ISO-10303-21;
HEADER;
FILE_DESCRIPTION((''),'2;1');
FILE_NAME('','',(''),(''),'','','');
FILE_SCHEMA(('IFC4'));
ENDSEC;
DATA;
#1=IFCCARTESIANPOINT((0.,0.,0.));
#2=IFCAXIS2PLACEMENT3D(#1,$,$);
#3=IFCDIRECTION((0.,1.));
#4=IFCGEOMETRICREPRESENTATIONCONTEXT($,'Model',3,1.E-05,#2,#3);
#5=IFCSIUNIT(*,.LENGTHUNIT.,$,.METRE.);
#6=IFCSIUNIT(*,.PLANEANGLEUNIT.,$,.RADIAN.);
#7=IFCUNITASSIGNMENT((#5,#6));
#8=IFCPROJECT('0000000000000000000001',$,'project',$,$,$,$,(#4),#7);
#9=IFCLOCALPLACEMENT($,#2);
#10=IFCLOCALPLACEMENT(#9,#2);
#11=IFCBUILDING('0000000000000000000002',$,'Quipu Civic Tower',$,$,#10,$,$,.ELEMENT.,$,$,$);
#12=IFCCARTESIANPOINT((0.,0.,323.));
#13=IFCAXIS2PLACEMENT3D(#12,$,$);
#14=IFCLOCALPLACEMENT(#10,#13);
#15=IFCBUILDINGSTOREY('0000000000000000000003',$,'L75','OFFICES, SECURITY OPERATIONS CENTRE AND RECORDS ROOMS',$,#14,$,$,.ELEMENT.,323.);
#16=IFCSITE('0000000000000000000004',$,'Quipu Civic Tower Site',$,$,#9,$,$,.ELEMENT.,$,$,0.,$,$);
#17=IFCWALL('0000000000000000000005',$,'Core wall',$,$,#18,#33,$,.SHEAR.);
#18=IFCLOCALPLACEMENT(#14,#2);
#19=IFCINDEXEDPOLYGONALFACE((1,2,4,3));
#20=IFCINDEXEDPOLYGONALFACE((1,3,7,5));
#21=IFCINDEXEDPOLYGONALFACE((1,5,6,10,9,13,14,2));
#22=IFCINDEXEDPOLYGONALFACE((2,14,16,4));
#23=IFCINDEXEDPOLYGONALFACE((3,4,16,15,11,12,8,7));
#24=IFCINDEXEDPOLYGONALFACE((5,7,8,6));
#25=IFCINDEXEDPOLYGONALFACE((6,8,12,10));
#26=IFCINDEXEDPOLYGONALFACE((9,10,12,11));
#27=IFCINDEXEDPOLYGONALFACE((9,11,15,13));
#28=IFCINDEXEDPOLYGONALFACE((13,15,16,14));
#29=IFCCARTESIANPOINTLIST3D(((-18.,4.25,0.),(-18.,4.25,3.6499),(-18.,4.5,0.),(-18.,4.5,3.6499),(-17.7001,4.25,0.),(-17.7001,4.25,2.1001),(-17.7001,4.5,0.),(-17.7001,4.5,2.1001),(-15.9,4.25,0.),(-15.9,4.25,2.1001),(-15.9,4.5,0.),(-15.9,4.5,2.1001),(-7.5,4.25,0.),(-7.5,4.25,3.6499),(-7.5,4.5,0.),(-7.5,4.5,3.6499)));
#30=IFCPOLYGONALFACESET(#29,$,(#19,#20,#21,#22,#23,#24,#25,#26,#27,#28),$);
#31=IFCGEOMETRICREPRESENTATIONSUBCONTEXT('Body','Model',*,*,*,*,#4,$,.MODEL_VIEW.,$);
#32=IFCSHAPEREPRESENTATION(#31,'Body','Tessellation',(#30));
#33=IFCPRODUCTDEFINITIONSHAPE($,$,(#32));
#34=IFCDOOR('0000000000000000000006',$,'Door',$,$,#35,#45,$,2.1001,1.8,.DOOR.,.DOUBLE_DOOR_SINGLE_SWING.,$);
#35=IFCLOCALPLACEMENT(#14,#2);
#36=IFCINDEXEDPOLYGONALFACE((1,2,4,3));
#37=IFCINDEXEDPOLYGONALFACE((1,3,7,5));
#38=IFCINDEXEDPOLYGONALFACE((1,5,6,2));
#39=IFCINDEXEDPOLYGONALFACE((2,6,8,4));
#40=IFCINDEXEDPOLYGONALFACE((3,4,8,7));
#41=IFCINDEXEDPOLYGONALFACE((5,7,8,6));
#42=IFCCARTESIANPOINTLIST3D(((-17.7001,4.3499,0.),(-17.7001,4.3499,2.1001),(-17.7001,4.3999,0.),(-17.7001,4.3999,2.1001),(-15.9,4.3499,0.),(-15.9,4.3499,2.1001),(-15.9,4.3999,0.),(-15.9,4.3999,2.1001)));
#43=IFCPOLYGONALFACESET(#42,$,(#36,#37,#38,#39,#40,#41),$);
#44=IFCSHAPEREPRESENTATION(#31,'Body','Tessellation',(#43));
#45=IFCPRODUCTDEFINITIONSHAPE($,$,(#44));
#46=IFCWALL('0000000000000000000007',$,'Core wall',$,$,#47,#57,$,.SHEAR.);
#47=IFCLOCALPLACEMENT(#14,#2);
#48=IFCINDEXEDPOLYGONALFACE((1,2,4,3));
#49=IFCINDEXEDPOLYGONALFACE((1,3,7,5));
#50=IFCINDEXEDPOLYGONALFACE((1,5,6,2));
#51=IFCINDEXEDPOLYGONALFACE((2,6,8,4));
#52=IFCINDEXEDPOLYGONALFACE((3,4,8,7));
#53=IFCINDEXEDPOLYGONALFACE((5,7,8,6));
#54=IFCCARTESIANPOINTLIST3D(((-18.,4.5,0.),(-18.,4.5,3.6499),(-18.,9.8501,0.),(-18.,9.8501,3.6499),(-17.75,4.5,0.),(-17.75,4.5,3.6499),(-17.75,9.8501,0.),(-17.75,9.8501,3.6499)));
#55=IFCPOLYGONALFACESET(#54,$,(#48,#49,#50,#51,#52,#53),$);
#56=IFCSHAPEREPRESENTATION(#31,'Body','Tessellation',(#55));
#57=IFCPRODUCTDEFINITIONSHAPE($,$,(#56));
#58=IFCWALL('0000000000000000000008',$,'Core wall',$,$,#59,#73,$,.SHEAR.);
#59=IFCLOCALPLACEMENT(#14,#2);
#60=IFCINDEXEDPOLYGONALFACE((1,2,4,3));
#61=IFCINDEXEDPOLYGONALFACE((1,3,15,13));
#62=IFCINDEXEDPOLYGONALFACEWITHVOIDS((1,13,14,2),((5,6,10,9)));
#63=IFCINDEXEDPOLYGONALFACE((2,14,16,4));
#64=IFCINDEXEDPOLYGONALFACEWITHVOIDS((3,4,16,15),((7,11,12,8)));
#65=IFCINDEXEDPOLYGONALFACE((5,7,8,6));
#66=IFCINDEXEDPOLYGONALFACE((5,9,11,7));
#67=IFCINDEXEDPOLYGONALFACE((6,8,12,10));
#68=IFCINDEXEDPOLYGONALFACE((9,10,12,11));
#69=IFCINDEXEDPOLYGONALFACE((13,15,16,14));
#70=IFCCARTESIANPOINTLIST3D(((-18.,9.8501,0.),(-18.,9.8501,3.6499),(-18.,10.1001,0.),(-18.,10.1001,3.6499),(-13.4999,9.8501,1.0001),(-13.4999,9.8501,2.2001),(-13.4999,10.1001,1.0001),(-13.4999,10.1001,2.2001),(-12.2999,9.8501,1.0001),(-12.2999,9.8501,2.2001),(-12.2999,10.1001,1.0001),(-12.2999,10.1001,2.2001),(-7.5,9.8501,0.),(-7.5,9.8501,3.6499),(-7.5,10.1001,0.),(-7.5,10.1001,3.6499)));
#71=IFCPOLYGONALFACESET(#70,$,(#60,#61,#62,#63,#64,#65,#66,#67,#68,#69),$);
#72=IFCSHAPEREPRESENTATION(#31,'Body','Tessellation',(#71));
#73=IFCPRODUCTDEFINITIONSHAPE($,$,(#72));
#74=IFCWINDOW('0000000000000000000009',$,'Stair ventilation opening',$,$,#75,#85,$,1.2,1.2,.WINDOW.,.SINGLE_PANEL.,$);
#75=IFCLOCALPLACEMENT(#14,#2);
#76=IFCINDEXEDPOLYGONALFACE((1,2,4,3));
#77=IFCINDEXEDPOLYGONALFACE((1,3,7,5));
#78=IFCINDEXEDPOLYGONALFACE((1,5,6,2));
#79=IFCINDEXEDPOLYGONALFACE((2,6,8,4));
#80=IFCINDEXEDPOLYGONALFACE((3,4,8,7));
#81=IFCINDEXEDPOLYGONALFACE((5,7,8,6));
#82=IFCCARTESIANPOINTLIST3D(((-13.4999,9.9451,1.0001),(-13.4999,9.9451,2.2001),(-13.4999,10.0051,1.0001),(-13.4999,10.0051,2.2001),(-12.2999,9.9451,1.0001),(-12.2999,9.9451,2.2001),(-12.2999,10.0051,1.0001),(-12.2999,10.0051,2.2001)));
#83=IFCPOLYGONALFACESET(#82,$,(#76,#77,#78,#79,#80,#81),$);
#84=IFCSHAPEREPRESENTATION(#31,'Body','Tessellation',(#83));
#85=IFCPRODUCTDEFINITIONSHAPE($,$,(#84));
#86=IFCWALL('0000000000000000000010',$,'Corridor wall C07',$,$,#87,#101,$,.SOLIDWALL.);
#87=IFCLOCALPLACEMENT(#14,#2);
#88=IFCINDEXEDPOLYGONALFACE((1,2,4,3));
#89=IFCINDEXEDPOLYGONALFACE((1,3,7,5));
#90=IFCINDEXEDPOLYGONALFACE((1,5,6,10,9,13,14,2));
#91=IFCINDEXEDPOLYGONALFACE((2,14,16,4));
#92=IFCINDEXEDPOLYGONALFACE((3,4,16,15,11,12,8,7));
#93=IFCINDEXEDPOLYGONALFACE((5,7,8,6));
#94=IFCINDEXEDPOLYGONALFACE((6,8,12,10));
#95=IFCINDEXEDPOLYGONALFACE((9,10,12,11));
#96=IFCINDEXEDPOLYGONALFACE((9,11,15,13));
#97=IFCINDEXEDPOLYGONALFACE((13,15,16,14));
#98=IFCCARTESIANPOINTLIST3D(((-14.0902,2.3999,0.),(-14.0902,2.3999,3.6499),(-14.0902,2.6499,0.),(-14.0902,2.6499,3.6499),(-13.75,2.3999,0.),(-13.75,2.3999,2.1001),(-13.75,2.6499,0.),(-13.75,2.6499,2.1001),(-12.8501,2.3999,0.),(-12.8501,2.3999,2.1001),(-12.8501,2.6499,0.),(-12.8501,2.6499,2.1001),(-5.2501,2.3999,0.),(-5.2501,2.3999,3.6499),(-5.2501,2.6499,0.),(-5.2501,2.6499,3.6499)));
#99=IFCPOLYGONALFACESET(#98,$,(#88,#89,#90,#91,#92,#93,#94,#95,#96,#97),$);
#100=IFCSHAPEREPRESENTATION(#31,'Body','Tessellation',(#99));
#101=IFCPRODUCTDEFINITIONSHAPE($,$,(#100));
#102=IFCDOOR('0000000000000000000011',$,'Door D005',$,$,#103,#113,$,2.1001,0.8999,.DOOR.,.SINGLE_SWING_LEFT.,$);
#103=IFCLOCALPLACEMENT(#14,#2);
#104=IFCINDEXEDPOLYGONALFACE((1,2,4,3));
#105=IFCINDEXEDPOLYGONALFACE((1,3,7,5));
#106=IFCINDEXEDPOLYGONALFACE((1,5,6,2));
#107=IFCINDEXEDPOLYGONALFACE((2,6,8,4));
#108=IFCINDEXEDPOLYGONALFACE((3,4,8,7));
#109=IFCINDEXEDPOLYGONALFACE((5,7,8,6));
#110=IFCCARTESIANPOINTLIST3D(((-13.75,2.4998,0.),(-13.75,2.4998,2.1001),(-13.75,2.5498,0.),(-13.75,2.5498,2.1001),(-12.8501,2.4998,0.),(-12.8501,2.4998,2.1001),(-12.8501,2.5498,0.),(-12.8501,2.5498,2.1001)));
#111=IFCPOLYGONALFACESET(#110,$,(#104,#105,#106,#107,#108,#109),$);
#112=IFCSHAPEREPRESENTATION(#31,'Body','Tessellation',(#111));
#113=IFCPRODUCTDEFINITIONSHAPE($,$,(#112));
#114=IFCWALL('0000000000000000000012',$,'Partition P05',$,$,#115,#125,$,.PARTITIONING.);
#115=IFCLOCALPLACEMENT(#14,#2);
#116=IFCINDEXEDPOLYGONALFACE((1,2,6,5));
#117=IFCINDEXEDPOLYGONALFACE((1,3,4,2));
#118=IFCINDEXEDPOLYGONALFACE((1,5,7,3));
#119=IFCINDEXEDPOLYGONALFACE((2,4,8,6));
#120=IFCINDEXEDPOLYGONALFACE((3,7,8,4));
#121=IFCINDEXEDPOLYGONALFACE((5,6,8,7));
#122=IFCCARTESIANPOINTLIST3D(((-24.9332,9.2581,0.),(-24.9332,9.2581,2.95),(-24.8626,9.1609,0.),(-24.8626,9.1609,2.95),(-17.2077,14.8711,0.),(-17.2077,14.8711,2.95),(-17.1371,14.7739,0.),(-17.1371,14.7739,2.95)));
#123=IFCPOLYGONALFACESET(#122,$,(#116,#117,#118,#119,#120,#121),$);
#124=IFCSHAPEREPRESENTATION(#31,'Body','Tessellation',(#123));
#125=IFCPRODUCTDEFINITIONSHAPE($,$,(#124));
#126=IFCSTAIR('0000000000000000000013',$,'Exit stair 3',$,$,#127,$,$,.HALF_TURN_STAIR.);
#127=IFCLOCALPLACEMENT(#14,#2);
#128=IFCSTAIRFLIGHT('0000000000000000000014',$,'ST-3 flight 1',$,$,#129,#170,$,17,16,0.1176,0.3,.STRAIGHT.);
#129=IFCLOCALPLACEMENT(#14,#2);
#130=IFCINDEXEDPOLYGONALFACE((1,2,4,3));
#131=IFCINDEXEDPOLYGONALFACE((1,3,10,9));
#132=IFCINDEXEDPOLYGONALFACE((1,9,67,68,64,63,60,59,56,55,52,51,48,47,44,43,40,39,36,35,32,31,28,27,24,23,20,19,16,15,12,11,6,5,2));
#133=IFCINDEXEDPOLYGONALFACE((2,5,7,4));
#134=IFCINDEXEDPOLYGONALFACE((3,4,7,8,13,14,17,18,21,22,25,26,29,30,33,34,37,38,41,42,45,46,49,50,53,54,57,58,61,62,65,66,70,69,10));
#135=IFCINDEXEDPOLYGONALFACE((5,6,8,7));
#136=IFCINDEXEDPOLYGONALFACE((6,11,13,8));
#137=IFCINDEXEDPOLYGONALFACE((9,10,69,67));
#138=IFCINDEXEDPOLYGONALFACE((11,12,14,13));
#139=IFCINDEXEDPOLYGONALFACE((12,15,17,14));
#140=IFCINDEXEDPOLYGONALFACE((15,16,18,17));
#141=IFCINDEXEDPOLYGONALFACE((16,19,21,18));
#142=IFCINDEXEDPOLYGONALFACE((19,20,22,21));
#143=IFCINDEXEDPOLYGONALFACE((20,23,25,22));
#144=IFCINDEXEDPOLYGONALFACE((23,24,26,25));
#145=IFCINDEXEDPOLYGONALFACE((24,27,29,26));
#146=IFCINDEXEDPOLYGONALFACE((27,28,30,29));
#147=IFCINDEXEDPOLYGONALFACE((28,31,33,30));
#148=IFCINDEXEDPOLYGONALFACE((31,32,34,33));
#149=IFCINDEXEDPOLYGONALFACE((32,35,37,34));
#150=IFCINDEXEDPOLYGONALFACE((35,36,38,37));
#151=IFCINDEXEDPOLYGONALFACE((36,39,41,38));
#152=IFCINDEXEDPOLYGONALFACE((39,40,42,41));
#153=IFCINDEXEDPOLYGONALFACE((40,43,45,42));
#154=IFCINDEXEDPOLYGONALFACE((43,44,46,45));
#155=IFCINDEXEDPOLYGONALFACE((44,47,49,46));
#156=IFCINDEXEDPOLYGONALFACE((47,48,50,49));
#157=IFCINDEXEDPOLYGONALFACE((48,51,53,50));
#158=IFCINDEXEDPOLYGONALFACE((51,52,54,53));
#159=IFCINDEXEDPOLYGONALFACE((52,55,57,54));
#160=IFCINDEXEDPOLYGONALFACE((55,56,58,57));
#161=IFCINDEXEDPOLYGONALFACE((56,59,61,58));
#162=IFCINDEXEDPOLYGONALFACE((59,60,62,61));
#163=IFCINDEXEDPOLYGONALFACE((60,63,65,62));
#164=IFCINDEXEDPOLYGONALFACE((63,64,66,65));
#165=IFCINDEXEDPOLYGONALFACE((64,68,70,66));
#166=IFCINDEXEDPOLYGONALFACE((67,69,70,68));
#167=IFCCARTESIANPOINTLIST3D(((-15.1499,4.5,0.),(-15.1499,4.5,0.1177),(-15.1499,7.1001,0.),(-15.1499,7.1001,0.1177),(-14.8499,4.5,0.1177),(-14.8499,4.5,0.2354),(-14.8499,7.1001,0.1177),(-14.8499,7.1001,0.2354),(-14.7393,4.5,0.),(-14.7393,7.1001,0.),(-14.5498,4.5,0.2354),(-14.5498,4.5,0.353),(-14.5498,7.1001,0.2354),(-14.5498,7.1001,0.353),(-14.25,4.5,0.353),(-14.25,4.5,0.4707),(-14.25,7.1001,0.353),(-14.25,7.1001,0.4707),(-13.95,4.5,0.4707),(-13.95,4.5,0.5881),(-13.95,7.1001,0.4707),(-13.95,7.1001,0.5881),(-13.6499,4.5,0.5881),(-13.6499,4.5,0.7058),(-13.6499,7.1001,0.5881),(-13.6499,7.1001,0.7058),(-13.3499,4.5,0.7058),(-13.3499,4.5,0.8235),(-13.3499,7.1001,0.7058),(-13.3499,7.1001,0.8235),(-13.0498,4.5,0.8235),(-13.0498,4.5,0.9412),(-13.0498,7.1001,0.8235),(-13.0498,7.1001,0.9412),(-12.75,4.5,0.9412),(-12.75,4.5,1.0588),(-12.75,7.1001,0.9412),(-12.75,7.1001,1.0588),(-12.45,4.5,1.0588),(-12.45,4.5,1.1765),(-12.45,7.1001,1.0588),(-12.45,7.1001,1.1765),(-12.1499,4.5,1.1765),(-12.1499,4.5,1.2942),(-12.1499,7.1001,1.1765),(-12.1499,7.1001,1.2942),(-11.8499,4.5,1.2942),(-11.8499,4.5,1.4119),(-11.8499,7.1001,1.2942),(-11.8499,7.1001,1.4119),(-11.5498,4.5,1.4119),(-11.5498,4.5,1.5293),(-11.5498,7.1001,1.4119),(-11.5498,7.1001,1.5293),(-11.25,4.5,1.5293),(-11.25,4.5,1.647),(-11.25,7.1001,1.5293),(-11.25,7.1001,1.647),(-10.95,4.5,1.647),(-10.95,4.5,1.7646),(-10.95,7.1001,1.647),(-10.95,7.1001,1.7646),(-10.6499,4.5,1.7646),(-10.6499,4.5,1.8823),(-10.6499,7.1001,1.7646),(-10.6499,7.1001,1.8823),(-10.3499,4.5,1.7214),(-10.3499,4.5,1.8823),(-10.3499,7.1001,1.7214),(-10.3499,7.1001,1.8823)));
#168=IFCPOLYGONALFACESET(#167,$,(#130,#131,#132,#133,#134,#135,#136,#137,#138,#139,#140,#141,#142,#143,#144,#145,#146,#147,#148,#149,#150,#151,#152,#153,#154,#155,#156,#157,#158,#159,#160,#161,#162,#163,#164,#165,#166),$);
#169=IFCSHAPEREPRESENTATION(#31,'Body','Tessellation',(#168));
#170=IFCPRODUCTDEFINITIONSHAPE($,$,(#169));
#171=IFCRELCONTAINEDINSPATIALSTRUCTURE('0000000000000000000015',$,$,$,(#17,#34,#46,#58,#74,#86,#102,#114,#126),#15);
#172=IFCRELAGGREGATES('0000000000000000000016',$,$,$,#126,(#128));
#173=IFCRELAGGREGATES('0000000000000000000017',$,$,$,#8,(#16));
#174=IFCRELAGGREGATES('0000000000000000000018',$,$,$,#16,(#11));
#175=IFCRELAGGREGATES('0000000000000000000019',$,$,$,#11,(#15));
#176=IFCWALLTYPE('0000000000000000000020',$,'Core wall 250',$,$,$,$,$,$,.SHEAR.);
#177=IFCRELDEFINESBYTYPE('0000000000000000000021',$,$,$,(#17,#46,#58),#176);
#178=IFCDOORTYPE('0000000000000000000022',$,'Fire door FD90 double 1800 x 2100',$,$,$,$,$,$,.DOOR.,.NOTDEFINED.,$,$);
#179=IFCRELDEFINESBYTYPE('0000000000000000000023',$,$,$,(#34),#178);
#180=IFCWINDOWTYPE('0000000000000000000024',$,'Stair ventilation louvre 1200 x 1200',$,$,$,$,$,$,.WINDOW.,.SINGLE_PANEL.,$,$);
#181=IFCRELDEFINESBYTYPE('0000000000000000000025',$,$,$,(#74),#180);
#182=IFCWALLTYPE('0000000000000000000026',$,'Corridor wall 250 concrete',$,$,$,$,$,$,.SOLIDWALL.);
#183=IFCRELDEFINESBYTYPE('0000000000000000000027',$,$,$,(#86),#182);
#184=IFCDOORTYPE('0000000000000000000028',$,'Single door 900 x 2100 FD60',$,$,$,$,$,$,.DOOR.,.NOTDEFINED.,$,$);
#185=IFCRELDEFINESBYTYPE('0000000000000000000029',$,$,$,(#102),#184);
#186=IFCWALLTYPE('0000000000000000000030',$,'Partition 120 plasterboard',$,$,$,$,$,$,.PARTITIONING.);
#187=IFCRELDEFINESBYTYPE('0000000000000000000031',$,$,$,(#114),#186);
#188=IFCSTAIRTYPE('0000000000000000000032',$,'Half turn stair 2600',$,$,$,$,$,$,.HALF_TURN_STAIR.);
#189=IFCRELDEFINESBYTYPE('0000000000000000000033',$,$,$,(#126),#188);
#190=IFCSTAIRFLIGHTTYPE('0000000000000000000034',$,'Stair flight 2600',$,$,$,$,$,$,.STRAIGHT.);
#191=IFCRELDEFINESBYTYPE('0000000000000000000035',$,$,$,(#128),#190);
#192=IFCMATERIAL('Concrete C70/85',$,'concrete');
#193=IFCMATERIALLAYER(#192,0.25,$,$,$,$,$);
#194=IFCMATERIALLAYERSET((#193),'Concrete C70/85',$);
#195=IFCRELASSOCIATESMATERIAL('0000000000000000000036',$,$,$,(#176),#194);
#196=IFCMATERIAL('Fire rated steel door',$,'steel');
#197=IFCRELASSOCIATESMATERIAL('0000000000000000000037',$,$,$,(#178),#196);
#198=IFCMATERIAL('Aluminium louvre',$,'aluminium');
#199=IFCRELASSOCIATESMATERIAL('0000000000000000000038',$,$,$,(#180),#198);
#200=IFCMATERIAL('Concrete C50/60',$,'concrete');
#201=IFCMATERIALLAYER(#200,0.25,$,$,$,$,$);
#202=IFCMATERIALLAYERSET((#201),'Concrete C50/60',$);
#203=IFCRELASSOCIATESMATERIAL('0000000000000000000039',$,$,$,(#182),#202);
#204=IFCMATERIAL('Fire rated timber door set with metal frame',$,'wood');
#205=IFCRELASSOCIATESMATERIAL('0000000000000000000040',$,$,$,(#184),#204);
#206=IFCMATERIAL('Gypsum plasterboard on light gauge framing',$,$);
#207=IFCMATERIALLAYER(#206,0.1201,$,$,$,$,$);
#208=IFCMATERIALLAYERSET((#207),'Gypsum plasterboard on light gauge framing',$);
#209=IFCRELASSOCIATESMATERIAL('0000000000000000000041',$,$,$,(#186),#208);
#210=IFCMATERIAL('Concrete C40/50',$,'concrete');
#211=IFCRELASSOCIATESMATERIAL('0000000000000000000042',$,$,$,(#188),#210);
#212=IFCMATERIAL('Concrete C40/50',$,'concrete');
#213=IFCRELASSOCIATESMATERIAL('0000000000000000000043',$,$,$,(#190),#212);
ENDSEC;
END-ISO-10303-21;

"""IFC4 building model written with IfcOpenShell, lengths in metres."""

from ifc_helpers import new_model, si_unit, direction, frame, frame_2d, origin, place, context, subcontext, project, spatial, polyline, rectangle, outline, extrude, material, layer, layer_set, type_object, element, fill, aggregate, save


model = new_model("IFC4")

# Units and contexts
model_context = context("Model", 3, precision=1e-05, world=origin(), true_north=direction((0.0, 1.0)))
body_context = subcontext(model_context, "Body", "Model", "MODEL_VIEW")
ifc_project = project(units=[si_unit("LENGTHUNIT", "METRE"), si_unit("PLANEANGLEUNIT", "RADIAN")], contexts=[model_context])

# Site, building, storey
site_placement = place(None, origin())
site = spatial("IfcSite", under=ifc_project, at=site_placement, Name="Quipu Civic Tower Site", CompositionType="ELEMENT", RefElevation=0.0)
building_placement = place(site_placement, origin())
building = spatial("IfcBuilding", under=site, at=building_placement, Name="Quipu Civic Tower", CompositionType="ELEMENT")
storey_placement = place(building_placement, frame((0.0, 0.0, 323.0)))
storey = spatial("IfcBuildingStorey", under=building, at=storey_placement, Name="L75", Description="OFFICES, SECURITY OPERATIONS CENTRE AND RECORDS ROOMS", CompositionType="ELEMENT", Elevation=323.0)

# Shared definitions
ifc_material_1 = material(Name="Concrete C70/85", Category="concrete")
ifc_layer_1 = layer(ifc_material_1, 0.25)
ifc_layer_set_1 = layer_set([ifc_layer_1], Name="Concrete C70/85")
wall_type_1 = type_object("IfcWallType", Name="Core wall 250", PredefinedType="SHEAR", material=ifc_layer_set_1)

# Wall, opening, door
wall_1_placement = place(storey_placement, frame((-18.0, 4.375, 0.0), z_axis=(0.0, 0.0, 1.0), x_axis=(1.0, 0.0, 0.0)))
wall_1 = element("IfcWall", 1, at=wall_1_placement, inside=storey, type_object=wall_type_1, Name="Core wall", PredefinedType="SHEAR", context=body_context, shape_type="SweptSolid", body=[
    extrude(rectangle(XDim=10.5, YDim=0.25, at=frame_2d((5.25, 0.0))), origin(), (0.0, 0.0, 1.0), 3.6499),
])
opening_1_placement = place(wall_1_placement, frame((0.3, 0.0, 0.0)))
opening_1 = element("IfcOpeningElement", 2, at=opening_1_placement, cuts=wall_1, PredefinedType="OPENING", context=body_context, shape_type="SweptSolid", body=[
    extrude(rectangle(XDim=1.8, YDim=2.1001, at=frame_2d((0.8999, 1.05))), frame((0.0, 0.135, 0.0), z_axis=(0.0, -1.0, 0.0), x_axis=(1.0, 0.0, 0.0)), (0.0, 0.0, 1.0), 0.27),
])
ifc_material_2 = material(Name="Fire rated steel door", Category="steel")
door_type_1 = type_object("IfcDoorType", Name="Fire door FD90 double 1800 x 2100", OperationType="NOTDEFINED", PredefinedType="DOOR", material=ifc_material_2)
door_1_placement = place(opening_1_placement, origin())
door_1 = element("IfcDoor", 3, at=door_1_placement, inside=storey, type_object=door_type_1, Name="Door", OperationType="DOUBLE_DOOR_SINGLE_SWING", OverallHeight=2.1001, OverallWidth=1.8, PredefinedType="DOOR", context=body_context, shape_type="SweptSolid", body=[
    extrude(rectangle(XDim=1.8, YDim=2.1001, at=frame_2d((0.8999, 1.05))), frame((0.0, 0.0249, 0.0), z_axis=(0.0, -1.0, 0.0), x_axis=(1.0, 0.0, 0.0)), (0.0, 0.0, 1.0), 0.05),
])
fill(opening_1, door_1)

# Wall
wall_2_placement = place(storey_placement, frame((-17.875, 4.5, 0.0), z_axis=(0.0, 0.0, 1.0), x_axis=(0.0, 1.0, 0.0)))
element("IfcWall", 4, at=wall_2_placement, inside=storey, type_object=wall_type_1, Name="Core wall", PredefinedType="SHEAR", context=body_context, shape_type="SweptSolid", body=[
    extrude(rectangle(XDim=5.3501, YDim=0.25, at=frame_2d((2.675, 0.0))), origin(), (0.0, 0.0, 1.0), 3.6499),
])

# Wall, opening, window
wall_3_placement = place(storey_placement, frame((-18.0, 9.9751, 0.0), z_axis=(0.0, 0.0, 1.0), x_axis=(1.0, 0.0, 0.0)))
wall_3 = element("IfcWall", 5, at=wall_3_placement, inside=storey, type_object=wall_type_1, Name="Core wall", PredefinedType="SHEAR", context=body_context, shape_type="SweptSolid", body=[
    extrude(rectangle(XDim=10.5, YDim=0.25, at=frame_2d((5.25, 0.0))), origin(), (0.0, 0.0, 1.0), 3.6499),
])
opening_2_placement = place(wall_3_placement, frame((4.5, 0.0, 1.0)))
opening_2 = element("IfcOpeningElement", 6, at=opening_2_placement, cuts=wall_3, PredefinedType="OPENING", context=body_context, shape_type="SweptSolid", body=[
    extrude(rectangle(XDim=1.2, YDim=1.2, at=frame_2d((0.6001, 0.6001))), frame((0.0, 0.135, 0.0), z_axis=(0.0, -1.0, 0.0), x_axis=(1.0, 0.0, 0.0)), (0.0, 0.0, 1.0), 0.27),
])
ifc_material_3 = material(Name="Aluminium louvre", Category="aluminium")
window_type = type_object("IfcWindowType", Name="Stair ventilation louvre 1200 x 1200", PartitioningType="SINGLE_PANEL", PredefinedType="WINDOW", material=ifc_material_3)
window_placement = place(opening_2_placement, origin())
window = element("IfcWindow", 7, at=window_placement, inside=storey, type_object=window_type, Name="Stair ventilation opening", OverallHeight=1.2, OverallWidth=1.2, PartitioningType="SINGLE_PANEL", PredefinedType="WINDOW", context=body_context, shape_type="SweptSolid", body=[
    extrude(rectangle(XDim=1.2, YDim=1.2, at=frame_2d((0.6001, 0.6001))), frame((0.0, 0.03, 0.0), z_axis=(0.0, -1.0, 0.0), x_axis=(1.0, 0.0, 0.0)), (0.0, 0.0, 1.0), 0.0601),
])
fill(opening_2, window)

# Wall, opening, door
ifc_material_4 = material(Name="Concrete C50/60", Category="concrete")
ifc_layer_2 = layer(ifc_material_4, 0.25)
ifc_layer_set_2 = layer_set([ifc_layer_2], Name="Concrete C50/60")
wall_type_2 = type_object("IfcWallType", Name="Corridor wall 250 concrete", PredefinedType="SOLIDWALL", material=ifc_layer_set_2)
wall_4_placement = place(storey_placement, frame((-14.0901, 2.5249, 0.0), z_axis=(0.0, 0.0, 1.0), x_axis=(1.0, 0.0, 0.0)))
wall_4 = element("IfcWall", 8, at=wall_4_placement, inside=storey, type_object=wall_type_2, Name="Corridor wall C07", PredefinedType="SOLIDWALL", context=body_context, shape_type="SweptSolid", body=[
    extrude(rectangle(XDim=8.8401, YDim=0.25, at=frame_2d((4.4199, 0.0))), origin(), (0.0, 0.0, 1.0), 3.6499),
])
opening_3_placement = place(wall_4_placement, frame((0.3401, 0.0, 0.0)))
opening_3 = element("IfcOpeningElement", 9, at=opening_3_placement, cuts=wall_4, PredefinedType="OPENING", context=body_context, shape_type="SweptSolid", body=[
    extrude(rectangle(XDim=0.8999, YDim=2.1001, at=frame_2d((0.45, 1.05))), frame((0.0, 0.135, 0.0), z_axis=(0.0, -1.0, 0.0), x_axis=(1.0, 0.0, 0.0)), (0.0, 0.0, 1.0), 0.27),
])
ifc_material_5 = material(Name="Fire rated timber door set with metal frame", Category="wood")
door_type_2 = type_object("IfcDoorType", Name="Single door 900 x 2100 FD60", OperationType="NOTDEFINED", PredefinedType="DOOR", material=ifc_material_5)
door_2_placement = place(opening_3_placement, origin())
door_2 = element("IfcDoor", 10, at=door_2_placement, inside=storey, type_object=door_type_2, Name="Door D005", OperationType="SINGLE_SWING_LEFT", OverallHeight=2.1001, OverallWidth=0.8999, PredefinedType="DOOR", context=body_context, shape_type="SweptSolid", body=[
    extrude(rectangle(XDim=0.8999, YDim=2.1001, at=frame_2d((0.45, 1.05))), frame((0.0, 0.0249, 0.0), z_axis=(0.0, -1.0, 0.0), x_axis=(1.0, 0.0, 0.0)), (0.0, 0.0, 1.0), 0.05),
])
fill(opening_3, door_2)

# Wall
ifc_material_6 = material(Name="Gypsum plasterboard on light gauge framing")
ifc_layer_3 = layer(ifc_material_6, 0.1201)
ifc_layer_set_3 = layer_set([ifc_layer_3], Name="Gypsum plasterboard on light gauge framing")
wall_type_3 = type_object("IfcWallType", Name="Partition 120 plasterboard", PredefinedType="PARTITIONING", material=ifc_layer_set_3)
wall_5_placement = place(storey_placement, frame((-17.1724, 14.8225, 0.0), z_axis=(0.0, 0.0, 1.0), x_axis=(-0.809013, -0.58779, 0.0)))
element("IfcWall", 11, at=wall_5_placement, inside=storey, type_object=wall_type_3, Name="Partition P05", PredefinedType="PARTITIONING", context=body_context, shape_type="SweptSolid", body=[
    extrude(rectangle(XDim=9.5493, YDim=0.1201, at=frame_2d((4.7747, 0.0))), origin(), (0.0, 0.0, 1.0), 2.95),
])

# Stair, stair flight
ifc_material_7 = material(Name="Concrete C40/50", Category="concrete")
stair_type = type_object("IfcStairType", Name="Half turn stair 2600", PredefinedType="HALF_TURN_STAIR", material=ifc_material_7)
stair_placement = place(storey_placement, origin())
stair = element("IfcStair", 12, at=stair_placement, inside=storey, type_object=stair_type, Name="Exit stair 3", PredefinedType="HALF_TURN_STAIR")
ifc_material_8 = material(Name="Concrete C40/50", Category="concrete")
stair_flight_type = type_object("IfcStairFlightType", Name="Stair flight 2600", PredefinedType="STRAIGHT", material=ifc_material_8)
stair_flight_placement = place(storey_placement, frame((-15.1499, 5.8, 0.0), z_axis=(0.0, 0.0, 1.0), x_axis=(1.0, 0.0, 0.0)))
stair_flight = element("IfcStairFlight", 13, at=stair_flight_placement, type_object=stair_flight_type, Name="ST-3 flight 1", NumberOfRisers=17, NumberOfTreads=16, PredefinedType="STRAIGHT", RiserHeight=0.1176, TreadLength=0.3, context=body_context, shape_type="SweptSolid", body=[
    extrude(outline(polyline([(0.0, 0.0), (0.0, 0.1177), (0.3, 0.1177), (0.3, 0.2354), (0.6001, 0.2354), (0.6001, 0.353), (0.8999, 0.353), (0.8999, 0.4707), (1.2, 0.4707), (1.2, 0.5881), (1.5, 0.5881), (1.5, 0.7058), (1.8, 0.7058), (1.8, 0.8235), (2.1001, 0.8235), (2.1001, 0.9412), (2.3999, 0.9412), (2.3999, 1.0588), (2.7, 1.0588), (2.7, 1.1765), (3.0, 1.1765), (3.0, 1.2942), (3.3, 1.2942), (3.3, 1.4119), (3.6001, 1.4119), (3.6001, 1.5293), (3.8999, 1.5293), (3.8999, 1.647), (4.2, 1.647), (4.2, 1.7646), (4.5, 1.7646), (4.5, 1.8823), (4.8, 1.8823), (4.8, 2.0), (4.8, 1.7214), (0.4106, 0.0), (0.0, 0.0)])), frame((0.0, 1.3, 0.0), z_axis=(0.0, -1.0, 0.0), x_axis=(1.0, 0.0, 0.0)), (0.0, 0.0, 1.0), 2.6001),
])
aggregate(stair, [stair_flight])

save(model, "model.ifc")
